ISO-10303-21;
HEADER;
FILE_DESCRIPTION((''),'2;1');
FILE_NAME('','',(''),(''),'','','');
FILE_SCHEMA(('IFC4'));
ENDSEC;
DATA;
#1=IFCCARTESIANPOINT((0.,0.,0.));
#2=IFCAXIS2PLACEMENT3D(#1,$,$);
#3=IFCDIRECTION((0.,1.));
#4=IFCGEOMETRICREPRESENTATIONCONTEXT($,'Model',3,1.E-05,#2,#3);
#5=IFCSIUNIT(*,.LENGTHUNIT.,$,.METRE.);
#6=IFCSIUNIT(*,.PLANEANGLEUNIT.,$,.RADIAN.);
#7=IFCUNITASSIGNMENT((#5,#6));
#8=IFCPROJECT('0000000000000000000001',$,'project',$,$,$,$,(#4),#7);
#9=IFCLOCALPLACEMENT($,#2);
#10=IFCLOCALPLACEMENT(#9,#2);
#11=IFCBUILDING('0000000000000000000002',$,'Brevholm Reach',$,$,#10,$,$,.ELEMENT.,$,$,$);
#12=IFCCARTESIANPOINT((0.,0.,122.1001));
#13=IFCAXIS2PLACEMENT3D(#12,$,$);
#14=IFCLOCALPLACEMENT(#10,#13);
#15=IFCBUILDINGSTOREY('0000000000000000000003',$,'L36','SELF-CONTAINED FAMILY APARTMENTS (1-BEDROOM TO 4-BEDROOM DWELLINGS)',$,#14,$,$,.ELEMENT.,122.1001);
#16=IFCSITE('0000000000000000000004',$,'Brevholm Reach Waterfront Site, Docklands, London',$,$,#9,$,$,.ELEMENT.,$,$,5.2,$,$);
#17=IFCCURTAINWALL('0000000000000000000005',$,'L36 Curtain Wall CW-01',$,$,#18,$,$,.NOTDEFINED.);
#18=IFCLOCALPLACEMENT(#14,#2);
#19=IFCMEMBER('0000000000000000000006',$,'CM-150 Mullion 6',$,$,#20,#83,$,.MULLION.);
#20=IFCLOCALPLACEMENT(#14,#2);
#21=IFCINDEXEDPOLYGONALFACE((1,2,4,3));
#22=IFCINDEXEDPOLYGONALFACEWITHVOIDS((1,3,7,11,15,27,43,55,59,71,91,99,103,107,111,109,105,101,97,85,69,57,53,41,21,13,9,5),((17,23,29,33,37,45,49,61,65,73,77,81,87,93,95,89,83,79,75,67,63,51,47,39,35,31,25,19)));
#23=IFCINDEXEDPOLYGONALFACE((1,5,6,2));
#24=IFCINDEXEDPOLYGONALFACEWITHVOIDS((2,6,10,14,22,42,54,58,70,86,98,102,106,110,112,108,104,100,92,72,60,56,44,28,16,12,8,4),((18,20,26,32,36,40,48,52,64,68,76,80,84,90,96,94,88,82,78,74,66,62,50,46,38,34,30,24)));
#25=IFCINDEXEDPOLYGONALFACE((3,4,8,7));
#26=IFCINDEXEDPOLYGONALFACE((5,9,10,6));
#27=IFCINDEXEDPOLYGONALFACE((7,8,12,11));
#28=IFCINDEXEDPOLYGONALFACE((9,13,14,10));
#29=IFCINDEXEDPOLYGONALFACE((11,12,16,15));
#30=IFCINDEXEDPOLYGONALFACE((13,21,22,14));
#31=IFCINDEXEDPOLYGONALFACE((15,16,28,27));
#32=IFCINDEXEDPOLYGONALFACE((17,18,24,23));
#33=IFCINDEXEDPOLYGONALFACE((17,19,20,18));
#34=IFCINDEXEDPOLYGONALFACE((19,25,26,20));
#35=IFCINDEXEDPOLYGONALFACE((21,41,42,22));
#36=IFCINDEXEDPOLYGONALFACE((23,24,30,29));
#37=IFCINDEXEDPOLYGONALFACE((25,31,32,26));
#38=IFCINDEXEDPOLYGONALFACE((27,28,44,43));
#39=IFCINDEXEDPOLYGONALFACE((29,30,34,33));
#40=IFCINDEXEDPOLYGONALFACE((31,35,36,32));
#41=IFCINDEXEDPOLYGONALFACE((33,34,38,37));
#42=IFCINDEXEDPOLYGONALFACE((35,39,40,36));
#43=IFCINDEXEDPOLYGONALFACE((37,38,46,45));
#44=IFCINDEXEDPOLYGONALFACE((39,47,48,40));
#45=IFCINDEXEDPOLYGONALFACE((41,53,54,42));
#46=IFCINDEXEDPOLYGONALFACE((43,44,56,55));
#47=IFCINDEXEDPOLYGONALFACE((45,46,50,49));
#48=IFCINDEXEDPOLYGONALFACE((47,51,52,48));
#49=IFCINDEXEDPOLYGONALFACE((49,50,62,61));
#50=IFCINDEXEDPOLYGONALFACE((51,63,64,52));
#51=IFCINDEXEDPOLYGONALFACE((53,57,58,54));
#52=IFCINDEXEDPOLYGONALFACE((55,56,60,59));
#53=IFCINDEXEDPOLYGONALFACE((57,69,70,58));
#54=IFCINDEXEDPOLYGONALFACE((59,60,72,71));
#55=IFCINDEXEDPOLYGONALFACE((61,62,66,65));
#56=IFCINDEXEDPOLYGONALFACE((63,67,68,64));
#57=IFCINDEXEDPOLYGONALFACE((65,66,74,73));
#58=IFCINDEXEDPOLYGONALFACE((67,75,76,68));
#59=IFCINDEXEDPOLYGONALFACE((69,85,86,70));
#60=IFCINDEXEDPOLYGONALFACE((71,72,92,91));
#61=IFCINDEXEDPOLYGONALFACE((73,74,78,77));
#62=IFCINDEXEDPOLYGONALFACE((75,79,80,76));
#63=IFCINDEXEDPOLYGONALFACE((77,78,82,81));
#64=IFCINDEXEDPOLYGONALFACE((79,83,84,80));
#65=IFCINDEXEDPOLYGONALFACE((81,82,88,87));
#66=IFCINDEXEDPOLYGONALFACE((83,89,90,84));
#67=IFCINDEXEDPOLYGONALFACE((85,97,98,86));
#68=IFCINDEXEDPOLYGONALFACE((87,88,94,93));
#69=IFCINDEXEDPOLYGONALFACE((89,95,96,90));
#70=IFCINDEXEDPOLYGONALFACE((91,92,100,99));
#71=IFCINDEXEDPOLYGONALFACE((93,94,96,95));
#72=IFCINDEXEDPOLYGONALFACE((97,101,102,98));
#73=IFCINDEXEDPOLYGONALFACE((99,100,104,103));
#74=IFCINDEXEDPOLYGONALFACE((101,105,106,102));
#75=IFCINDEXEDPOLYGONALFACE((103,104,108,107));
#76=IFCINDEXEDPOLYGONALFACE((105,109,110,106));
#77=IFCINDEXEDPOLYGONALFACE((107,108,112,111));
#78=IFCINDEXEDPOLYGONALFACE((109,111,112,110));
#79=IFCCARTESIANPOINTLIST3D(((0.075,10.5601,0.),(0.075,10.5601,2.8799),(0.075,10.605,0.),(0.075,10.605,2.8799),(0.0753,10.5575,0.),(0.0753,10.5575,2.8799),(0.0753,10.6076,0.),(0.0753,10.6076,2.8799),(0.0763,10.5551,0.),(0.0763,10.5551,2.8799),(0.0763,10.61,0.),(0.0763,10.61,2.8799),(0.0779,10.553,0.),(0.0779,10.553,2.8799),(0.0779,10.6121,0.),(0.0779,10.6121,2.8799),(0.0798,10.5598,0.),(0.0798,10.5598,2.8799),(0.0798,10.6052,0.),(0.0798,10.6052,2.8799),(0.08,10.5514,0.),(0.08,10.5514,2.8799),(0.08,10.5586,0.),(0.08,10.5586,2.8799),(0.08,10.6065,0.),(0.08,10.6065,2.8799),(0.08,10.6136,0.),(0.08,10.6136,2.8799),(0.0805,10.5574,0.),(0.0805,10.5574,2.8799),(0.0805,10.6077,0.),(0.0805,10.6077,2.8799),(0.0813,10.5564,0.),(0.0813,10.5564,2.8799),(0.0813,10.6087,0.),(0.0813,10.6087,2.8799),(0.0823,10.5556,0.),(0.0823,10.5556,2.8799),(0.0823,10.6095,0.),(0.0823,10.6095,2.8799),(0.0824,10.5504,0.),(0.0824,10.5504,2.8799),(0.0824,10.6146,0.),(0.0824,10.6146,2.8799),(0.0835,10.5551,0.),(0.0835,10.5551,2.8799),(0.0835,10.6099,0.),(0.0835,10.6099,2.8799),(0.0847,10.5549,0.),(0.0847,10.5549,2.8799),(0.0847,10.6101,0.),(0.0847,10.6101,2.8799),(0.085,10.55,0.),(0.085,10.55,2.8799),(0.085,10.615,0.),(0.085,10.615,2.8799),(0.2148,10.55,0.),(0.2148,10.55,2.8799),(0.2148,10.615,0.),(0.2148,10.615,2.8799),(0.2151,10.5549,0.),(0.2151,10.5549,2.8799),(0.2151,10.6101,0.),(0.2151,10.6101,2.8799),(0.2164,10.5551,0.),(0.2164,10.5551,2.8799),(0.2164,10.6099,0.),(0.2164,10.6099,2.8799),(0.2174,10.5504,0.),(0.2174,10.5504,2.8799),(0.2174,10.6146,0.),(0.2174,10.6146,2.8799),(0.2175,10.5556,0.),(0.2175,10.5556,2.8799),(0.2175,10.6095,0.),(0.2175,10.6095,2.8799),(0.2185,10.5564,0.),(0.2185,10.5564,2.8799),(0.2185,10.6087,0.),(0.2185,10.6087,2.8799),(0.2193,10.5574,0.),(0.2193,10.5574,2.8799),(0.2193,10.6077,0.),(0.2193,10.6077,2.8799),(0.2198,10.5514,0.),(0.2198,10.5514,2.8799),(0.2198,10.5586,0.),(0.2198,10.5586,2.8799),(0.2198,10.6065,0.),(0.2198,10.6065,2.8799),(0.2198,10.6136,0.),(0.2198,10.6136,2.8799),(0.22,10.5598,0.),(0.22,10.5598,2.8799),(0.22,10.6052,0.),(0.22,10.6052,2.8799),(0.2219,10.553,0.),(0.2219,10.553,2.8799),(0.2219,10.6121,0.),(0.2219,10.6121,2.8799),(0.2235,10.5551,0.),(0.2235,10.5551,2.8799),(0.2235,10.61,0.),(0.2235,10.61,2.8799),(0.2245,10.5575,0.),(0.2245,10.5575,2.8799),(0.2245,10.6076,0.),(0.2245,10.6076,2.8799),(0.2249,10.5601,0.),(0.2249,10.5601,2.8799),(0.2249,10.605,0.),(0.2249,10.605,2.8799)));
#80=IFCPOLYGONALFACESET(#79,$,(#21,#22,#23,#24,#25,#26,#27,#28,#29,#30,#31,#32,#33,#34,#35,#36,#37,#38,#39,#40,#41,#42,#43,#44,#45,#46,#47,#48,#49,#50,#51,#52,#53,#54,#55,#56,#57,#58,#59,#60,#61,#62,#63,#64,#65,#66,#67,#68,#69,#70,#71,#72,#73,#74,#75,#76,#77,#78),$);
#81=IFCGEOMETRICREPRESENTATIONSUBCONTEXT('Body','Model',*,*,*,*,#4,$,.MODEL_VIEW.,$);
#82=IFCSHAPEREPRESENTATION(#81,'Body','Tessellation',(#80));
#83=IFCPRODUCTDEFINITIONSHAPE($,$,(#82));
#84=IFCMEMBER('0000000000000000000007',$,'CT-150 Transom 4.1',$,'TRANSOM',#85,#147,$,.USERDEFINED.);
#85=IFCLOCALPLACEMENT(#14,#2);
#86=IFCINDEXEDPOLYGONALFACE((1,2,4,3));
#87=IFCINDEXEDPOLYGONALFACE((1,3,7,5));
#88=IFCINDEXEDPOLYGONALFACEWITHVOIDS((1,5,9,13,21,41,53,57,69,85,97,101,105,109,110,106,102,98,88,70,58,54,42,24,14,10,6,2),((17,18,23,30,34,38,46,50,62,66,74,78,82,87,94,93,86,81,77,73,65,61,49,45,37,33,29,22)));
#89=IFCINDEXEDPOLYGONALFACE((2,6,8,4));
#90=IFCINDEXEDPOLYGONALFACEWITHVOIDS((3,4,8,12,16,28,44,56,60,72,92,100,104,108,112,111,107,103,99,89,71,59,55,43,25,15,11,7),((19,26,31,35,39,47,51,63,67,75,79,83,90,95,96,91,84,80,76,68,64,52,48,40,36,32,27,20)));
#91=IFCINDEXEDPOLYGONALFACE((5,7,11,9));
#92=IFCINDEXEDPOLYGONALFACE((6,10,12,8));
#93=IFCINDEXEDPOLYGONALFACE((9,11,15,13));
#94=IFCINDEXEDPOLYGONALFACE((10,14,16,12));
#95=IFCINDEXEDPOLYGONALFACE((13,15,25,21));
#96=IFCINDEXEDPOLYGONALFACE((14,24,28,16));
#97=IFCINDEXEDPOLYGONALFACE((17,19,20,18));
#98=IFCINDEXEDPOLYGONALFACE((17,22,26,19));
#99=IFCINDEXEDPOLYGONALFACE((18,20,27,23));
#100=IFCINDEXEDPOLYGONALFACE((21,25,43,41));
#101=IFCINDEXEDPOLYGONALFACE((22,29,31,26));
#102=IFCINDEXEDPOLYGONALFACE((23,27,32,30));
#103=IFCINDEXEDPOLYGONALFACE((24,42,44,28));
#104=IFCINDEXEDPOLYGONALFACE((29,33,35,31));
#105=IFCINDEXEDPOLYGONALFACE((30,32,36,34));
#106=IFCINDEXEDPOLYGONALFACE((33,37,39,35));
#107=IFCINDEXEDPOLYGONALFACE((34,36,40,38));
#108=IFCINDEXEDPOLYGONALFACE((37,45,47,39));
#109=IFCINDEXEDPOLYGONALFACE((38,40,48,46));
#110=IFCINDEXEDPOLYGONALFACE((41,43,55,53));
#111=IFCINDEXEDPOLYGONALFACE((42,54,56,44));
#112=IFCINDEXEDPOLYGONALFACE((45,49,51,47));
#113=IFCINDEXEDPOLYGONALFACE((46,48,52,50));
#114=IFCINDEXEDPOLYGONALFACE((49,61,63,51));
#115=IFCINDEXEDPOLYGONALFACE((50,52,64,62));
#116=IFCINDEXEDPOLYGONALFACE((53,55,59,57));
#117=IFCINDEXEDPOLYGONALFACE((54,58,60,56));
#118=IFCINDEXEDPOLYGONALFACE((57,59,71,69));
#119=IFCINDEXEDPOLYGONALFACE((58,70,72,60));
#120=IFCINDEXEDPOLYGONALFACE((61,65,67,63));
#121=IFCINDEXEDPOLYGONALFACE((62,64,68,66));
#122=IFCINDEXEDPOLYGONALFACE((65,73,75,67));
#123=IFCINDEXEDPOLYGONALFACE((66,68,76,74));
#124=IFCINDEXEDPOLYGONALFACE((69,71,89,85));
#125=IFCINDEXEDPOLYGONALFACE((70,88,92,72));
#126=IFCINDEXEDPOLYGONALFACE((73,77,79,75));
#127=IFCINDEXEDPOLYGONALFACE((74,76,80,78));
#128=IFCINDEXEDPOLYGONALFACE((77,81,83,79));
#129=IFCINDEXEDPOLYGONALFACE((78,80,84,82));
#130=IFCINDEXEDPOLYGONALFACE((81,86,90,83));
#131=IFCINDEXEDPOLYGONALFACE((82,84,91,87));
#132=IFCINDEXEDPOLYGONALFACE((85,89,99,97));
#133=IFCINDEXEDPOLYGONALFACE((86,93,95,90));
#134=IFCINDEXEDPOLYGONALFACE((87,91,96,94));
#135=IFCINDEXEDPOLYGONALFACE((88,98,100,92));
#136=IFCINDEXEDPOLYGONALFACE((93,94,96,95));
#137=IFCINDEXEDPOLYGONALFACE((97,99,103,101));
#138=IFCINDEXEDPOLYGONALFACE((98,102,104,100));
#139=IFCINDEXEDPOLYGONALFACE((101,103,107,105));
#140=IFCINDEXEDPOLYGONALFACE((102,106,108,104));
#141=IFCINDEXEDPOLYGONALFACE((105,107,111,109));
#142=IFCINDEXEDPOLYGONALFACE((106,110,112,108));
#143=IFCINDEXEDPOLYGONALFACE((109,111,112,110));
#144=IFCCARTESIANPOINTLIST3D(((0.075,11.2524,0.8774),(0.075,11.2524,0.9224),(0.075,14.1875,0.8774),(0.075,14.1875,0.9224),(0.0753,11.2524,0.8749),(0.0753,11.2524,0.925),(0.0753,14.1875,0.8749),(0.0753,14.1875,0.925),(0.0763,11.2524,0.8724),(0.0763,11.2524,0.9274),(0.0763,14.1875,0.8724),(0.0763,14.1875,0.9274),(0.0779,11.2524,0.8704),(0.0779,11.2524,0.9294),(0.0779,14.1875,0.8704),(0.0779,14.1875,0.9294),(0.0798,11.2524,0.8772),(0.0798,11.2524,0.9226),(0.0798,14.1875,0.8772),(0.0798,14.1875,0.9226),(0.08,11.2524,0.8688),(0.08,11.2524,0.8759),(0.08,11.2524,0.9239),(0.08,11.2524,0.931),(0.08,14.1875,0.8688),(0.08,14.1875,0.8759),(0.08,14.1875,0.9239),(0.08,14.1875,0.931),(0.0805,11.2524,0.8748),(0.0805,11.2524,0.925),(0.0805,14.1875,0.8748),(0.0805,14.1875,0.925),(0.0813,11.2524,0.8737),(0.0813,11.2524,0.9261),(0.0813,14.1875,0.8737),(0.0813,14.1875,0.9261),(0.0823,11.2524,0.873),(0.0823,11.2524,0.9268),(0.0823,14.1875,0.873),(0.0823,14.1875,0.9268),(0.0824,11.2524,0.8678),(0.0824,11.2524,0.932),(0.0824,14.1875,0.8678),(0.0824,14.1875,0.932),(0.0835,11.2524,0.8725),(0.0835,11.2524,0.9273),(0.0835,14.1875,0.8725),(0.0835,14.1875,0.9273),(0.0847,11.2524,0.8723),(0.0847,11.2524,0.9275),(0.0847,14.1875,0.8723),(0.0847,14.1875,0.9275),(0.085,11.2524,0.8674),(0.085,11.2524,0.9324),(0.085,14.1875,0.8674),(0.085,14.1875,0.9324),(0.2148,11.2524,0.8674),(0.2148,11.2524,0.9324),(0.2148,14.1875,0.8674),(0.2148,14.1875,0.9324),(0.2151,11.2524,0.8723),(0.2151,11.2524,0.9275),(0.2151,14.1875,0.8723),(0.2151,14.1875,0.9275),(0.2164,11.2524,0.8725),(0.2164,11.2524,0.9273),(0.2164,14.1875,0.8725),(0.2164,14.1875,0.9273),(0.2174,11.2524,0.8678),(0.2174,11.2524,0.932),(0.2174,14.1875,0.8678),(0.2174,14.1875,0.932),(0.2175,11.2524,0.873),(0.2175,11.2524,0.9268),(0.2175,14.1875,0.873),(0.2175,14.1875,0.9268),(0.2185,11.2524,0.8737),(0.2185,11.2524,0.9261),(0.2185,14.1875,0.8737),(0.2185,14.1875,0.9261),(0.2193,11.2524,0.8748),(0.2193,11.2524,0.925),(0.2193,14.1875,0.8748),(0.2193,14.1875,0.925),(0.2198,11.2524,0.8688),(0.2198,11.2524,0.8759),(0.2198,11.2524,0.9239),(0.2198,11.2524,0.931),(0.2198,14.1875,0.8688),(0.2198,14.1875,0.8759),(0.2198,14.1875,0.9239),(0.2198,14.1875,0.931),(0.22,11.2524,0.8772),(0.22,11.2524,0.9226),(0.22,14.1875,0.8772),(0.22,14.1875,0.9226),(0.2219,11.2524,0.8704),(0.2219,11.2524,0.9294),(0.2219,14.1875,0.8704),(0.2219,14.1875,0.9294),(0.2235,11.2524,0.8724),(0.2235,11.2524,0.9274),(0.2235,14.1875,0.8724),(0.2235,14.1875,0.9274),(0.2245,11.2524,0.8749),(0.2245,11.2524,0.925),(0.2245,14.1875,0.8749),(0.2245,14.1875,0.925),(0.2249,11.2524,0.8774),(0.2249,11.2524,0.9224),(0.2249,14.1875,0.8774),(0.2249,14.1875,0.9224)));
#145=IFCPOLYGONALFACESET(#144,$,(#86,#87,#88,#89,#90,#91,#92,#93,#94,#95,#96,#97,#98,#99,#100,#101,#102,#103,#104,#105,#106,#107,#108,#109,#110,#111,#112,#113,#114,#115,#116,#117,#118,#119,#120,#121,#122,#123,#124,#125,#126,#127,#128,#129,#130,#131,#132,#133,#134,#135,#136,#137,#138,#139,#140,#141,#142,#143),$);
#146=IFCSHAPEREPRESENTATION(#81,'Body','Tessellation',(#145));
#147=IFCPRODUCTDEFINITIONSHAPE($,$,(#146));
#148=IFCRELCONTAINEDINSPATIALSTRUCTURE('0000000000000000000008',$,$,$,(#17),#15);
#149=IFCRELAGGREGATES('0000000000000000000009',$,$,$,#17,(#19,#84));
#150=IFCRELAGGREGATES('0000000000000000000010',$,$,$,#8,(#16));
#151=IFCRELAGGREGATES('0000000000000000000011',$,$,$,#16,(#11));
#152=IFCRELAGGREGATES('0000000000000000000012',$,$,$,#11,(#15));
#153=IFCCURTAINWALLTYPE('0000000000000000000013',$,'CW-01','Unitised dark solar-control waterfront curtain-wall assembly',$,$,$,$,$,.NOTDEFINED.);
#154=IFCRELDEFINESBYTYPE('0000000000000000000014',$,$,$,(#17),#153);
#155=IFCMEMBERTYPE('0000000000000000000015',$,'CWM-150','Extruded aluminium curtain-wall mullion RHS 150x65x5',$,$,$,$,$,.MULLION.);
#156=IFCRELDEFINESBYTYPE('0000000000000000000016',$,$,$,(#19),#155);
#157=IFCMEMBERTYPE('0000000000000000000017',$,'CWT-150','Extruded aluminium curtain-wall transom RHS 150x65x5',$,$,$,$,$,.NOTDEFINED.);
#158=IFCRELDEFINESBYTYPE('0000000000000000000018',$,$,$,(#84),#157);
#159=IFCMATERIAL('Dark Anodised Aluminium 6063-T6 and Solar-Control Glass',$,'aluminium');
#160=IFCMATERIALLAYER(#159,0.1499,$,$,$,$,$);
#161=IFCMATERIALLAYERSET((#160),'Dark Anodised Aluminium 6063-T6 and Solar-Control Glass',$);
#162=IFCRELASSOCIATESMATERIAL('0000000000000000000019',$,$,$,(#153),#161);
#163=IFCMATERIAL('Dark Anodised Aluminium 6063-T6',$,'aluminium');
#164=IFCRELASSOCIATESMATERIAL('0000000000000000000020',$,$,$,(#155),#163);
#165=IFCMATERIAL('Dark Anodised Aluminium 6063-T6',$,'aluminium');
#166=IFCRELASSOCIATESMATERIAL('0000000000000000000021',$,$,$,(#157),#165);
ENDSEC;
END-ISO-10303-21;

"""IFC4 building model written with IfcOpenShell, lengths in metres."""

from ifc_helpers import new_model, si_unit, direction, frame, origin, origin_2d, place, context, subcontext, project, spatial, hollow_rectangle, extrude, material, layer, layer_set, material_profile, profile_set, type_object, element, aggregate, save


model = new_model("IFC4")

# Units and contexts
model_context = context("Model", 3, precision=1e-05, world=origin(), true_north=direction((0.0, 1.0)))
body_context = subcontext(model_context, "Body", "Model", "MODEL_VIEW")
ifc_project = project(units=[si_unit("LENGTHUNIT", "METRE"), si_unit("PLANEANGLEUNIT", "RADIAN")], contexts=[model_context])

# Site, building, storey
site_placement = place(None, origin())
site = spatial("IfcSite", under=ifc_project, at=site_placement, Name="Brevholm Reach Waterfront Site, Docklands, London", CompositionType="ELEMENT", RefElevation=5.2)
building_placement = place(site_placement, origin())
building = spatial("IfcBuilding", under=site, at=building_placement, Name="Brevholm Reach", CompositionType="ELEMENT")
storey_placement = place(building_placement, frame((0.0, 0.0, 122.1001)))
storey = spatial("IfcBuildingStorey", under=building, at=storey_placement, Name="L36", Description="SELF-CONTAINED FAMILY APARTMENTS (1-BEDROOM TO 4-BEDROOM DWELLINGS)", CompositionType="ELEMENT", Elevation=122.1001)

# Curtain wall, members
ifc_material_1 = material(Name="Dark Anodised Aluminium 6063-T6 and Solar-Control Glass", Category="aluminium")
ifc_layer_1 = layer(ifc_material_1, 0.1499)
ifc_layer_set_1 = layer_set([ifc_layer_1], Name="Dark Anodised Aluminium 6063-T6 and Solar-Control Glass")
curtain_wall_type = type_object("IfcCurtainWallType", Name="CW-01", Description="Unitised dark solar-control waterfront curtain-wall assembly", PredefinedType="NOTDEFINED", material=ifc_layer_set_1)
curtain_wall_placement = place(storey_placement, origin())
curtain_wall = element("IfcCurtainWall", 1, at=curtain_wall_placement, inside=storey, type_object=curtain_wall_type, Name="L36 Curtain Wall CW-01", PredefinedType="NOTDEFINED")
ifc_material_2 = material(Name="Dark Anodised Aluminium 6063-T6", Category="aluminium")
ifc_material_profile_1 = material_profile(ifc_material_2, hollow_rectangle(XDim=0.0649, YDim=0.1499, WallThickness=0.0049, InnerFilletRadius=0.0049, OuterFilletRadius=0.01, at=origin_2d()), Name="RHS 150x65x5")
ifc_profile_set_1 = profile_set([ifc_material_profile_1], Name="Dark Anodised Aluminium 6063-T6")
member_type_1 = type_object("IfcMemberType", Name="CWM-150", Description="Extruded aluminium curtain-wall mullion RHS 150x65x5", PredefinedType="MULLION", material=ifc_profile_set_1)
member_1_placement = place(storey_placement, frame((0.1499, 10.5825, 0.0), z_axis=(0.0, 0.0, 1.0), x_axis=(0.0, -1.0, 0.0)))
member_1 = element("IfcMember", 2, at=member_1_placement, type_object=member_type_1, Name="CM-150 Mullion 6", PredefinedType="MULLION", context=body_context, shape_type="SweptSolid", body=[
    extrude(hollow_rectangle(XDim=0.0649, YDim=0.1499, WallThickness=0.0049, InnerFilletRadius=0.0049, OuterFilletRadius=0.01, at=origin_2d()), origin(), (0.0, 0.0, 1.0), 2.8799),
])
ifc_material_3 = material(Name="Dark Anodised Aluminium 6063-T6", Category="aluminium")
ifc_material_profile_2 = material_profile(ifc_material_3, hollow_rectangle(XDim=0.0649, YDim=0.1499, WallThickness=0.0049, InnerFilletRadius=0.0049, OuterFilletRadius=0.01, at=origin_2d()), Name="RHS 150x65x5")
ifc_profile_set_2 = profile_set([ifc_material_profile_2], Name="Dark Anodised Aluminium 6063-T6")
member_type_2 = type_object("IfcMemberType", Name="CWT-150", Description="Extruded aluminium curtain-wall transom RHS 150x65x5", PredefinedType="NOTDEFINED", material=ifc_profile_set_2)
member_2_placement = place(storey_placement, frame((0.1499, 14.1875, 0.8999), z_axis=(0.0, -1.0, 0.0), x_axis=(0.0, 0.0, 1.0)))
member_2 = element("IfcMember", 3, at=member_2_placement, type_object=member_type_2, Name="CT-150 Transom 4.1", ObjectType="TRANSOM", PredefinedType="USERDEFINED", context=body_context, shape_type="SweptSolid", body=[
    extrude(hollow_rectangle(XDim=0.0649, YDim=0.1499, WallThickness=0.0049, InnerFilletRadius=0.0049, OuterFilletRadius=0.01, at=origin_2d()), origin(), (0.0, 0.0, 1.0), 2.9351),
])
aggregate(curtain_wall, [member_1, member_2])

save(model, "model.ifc")
